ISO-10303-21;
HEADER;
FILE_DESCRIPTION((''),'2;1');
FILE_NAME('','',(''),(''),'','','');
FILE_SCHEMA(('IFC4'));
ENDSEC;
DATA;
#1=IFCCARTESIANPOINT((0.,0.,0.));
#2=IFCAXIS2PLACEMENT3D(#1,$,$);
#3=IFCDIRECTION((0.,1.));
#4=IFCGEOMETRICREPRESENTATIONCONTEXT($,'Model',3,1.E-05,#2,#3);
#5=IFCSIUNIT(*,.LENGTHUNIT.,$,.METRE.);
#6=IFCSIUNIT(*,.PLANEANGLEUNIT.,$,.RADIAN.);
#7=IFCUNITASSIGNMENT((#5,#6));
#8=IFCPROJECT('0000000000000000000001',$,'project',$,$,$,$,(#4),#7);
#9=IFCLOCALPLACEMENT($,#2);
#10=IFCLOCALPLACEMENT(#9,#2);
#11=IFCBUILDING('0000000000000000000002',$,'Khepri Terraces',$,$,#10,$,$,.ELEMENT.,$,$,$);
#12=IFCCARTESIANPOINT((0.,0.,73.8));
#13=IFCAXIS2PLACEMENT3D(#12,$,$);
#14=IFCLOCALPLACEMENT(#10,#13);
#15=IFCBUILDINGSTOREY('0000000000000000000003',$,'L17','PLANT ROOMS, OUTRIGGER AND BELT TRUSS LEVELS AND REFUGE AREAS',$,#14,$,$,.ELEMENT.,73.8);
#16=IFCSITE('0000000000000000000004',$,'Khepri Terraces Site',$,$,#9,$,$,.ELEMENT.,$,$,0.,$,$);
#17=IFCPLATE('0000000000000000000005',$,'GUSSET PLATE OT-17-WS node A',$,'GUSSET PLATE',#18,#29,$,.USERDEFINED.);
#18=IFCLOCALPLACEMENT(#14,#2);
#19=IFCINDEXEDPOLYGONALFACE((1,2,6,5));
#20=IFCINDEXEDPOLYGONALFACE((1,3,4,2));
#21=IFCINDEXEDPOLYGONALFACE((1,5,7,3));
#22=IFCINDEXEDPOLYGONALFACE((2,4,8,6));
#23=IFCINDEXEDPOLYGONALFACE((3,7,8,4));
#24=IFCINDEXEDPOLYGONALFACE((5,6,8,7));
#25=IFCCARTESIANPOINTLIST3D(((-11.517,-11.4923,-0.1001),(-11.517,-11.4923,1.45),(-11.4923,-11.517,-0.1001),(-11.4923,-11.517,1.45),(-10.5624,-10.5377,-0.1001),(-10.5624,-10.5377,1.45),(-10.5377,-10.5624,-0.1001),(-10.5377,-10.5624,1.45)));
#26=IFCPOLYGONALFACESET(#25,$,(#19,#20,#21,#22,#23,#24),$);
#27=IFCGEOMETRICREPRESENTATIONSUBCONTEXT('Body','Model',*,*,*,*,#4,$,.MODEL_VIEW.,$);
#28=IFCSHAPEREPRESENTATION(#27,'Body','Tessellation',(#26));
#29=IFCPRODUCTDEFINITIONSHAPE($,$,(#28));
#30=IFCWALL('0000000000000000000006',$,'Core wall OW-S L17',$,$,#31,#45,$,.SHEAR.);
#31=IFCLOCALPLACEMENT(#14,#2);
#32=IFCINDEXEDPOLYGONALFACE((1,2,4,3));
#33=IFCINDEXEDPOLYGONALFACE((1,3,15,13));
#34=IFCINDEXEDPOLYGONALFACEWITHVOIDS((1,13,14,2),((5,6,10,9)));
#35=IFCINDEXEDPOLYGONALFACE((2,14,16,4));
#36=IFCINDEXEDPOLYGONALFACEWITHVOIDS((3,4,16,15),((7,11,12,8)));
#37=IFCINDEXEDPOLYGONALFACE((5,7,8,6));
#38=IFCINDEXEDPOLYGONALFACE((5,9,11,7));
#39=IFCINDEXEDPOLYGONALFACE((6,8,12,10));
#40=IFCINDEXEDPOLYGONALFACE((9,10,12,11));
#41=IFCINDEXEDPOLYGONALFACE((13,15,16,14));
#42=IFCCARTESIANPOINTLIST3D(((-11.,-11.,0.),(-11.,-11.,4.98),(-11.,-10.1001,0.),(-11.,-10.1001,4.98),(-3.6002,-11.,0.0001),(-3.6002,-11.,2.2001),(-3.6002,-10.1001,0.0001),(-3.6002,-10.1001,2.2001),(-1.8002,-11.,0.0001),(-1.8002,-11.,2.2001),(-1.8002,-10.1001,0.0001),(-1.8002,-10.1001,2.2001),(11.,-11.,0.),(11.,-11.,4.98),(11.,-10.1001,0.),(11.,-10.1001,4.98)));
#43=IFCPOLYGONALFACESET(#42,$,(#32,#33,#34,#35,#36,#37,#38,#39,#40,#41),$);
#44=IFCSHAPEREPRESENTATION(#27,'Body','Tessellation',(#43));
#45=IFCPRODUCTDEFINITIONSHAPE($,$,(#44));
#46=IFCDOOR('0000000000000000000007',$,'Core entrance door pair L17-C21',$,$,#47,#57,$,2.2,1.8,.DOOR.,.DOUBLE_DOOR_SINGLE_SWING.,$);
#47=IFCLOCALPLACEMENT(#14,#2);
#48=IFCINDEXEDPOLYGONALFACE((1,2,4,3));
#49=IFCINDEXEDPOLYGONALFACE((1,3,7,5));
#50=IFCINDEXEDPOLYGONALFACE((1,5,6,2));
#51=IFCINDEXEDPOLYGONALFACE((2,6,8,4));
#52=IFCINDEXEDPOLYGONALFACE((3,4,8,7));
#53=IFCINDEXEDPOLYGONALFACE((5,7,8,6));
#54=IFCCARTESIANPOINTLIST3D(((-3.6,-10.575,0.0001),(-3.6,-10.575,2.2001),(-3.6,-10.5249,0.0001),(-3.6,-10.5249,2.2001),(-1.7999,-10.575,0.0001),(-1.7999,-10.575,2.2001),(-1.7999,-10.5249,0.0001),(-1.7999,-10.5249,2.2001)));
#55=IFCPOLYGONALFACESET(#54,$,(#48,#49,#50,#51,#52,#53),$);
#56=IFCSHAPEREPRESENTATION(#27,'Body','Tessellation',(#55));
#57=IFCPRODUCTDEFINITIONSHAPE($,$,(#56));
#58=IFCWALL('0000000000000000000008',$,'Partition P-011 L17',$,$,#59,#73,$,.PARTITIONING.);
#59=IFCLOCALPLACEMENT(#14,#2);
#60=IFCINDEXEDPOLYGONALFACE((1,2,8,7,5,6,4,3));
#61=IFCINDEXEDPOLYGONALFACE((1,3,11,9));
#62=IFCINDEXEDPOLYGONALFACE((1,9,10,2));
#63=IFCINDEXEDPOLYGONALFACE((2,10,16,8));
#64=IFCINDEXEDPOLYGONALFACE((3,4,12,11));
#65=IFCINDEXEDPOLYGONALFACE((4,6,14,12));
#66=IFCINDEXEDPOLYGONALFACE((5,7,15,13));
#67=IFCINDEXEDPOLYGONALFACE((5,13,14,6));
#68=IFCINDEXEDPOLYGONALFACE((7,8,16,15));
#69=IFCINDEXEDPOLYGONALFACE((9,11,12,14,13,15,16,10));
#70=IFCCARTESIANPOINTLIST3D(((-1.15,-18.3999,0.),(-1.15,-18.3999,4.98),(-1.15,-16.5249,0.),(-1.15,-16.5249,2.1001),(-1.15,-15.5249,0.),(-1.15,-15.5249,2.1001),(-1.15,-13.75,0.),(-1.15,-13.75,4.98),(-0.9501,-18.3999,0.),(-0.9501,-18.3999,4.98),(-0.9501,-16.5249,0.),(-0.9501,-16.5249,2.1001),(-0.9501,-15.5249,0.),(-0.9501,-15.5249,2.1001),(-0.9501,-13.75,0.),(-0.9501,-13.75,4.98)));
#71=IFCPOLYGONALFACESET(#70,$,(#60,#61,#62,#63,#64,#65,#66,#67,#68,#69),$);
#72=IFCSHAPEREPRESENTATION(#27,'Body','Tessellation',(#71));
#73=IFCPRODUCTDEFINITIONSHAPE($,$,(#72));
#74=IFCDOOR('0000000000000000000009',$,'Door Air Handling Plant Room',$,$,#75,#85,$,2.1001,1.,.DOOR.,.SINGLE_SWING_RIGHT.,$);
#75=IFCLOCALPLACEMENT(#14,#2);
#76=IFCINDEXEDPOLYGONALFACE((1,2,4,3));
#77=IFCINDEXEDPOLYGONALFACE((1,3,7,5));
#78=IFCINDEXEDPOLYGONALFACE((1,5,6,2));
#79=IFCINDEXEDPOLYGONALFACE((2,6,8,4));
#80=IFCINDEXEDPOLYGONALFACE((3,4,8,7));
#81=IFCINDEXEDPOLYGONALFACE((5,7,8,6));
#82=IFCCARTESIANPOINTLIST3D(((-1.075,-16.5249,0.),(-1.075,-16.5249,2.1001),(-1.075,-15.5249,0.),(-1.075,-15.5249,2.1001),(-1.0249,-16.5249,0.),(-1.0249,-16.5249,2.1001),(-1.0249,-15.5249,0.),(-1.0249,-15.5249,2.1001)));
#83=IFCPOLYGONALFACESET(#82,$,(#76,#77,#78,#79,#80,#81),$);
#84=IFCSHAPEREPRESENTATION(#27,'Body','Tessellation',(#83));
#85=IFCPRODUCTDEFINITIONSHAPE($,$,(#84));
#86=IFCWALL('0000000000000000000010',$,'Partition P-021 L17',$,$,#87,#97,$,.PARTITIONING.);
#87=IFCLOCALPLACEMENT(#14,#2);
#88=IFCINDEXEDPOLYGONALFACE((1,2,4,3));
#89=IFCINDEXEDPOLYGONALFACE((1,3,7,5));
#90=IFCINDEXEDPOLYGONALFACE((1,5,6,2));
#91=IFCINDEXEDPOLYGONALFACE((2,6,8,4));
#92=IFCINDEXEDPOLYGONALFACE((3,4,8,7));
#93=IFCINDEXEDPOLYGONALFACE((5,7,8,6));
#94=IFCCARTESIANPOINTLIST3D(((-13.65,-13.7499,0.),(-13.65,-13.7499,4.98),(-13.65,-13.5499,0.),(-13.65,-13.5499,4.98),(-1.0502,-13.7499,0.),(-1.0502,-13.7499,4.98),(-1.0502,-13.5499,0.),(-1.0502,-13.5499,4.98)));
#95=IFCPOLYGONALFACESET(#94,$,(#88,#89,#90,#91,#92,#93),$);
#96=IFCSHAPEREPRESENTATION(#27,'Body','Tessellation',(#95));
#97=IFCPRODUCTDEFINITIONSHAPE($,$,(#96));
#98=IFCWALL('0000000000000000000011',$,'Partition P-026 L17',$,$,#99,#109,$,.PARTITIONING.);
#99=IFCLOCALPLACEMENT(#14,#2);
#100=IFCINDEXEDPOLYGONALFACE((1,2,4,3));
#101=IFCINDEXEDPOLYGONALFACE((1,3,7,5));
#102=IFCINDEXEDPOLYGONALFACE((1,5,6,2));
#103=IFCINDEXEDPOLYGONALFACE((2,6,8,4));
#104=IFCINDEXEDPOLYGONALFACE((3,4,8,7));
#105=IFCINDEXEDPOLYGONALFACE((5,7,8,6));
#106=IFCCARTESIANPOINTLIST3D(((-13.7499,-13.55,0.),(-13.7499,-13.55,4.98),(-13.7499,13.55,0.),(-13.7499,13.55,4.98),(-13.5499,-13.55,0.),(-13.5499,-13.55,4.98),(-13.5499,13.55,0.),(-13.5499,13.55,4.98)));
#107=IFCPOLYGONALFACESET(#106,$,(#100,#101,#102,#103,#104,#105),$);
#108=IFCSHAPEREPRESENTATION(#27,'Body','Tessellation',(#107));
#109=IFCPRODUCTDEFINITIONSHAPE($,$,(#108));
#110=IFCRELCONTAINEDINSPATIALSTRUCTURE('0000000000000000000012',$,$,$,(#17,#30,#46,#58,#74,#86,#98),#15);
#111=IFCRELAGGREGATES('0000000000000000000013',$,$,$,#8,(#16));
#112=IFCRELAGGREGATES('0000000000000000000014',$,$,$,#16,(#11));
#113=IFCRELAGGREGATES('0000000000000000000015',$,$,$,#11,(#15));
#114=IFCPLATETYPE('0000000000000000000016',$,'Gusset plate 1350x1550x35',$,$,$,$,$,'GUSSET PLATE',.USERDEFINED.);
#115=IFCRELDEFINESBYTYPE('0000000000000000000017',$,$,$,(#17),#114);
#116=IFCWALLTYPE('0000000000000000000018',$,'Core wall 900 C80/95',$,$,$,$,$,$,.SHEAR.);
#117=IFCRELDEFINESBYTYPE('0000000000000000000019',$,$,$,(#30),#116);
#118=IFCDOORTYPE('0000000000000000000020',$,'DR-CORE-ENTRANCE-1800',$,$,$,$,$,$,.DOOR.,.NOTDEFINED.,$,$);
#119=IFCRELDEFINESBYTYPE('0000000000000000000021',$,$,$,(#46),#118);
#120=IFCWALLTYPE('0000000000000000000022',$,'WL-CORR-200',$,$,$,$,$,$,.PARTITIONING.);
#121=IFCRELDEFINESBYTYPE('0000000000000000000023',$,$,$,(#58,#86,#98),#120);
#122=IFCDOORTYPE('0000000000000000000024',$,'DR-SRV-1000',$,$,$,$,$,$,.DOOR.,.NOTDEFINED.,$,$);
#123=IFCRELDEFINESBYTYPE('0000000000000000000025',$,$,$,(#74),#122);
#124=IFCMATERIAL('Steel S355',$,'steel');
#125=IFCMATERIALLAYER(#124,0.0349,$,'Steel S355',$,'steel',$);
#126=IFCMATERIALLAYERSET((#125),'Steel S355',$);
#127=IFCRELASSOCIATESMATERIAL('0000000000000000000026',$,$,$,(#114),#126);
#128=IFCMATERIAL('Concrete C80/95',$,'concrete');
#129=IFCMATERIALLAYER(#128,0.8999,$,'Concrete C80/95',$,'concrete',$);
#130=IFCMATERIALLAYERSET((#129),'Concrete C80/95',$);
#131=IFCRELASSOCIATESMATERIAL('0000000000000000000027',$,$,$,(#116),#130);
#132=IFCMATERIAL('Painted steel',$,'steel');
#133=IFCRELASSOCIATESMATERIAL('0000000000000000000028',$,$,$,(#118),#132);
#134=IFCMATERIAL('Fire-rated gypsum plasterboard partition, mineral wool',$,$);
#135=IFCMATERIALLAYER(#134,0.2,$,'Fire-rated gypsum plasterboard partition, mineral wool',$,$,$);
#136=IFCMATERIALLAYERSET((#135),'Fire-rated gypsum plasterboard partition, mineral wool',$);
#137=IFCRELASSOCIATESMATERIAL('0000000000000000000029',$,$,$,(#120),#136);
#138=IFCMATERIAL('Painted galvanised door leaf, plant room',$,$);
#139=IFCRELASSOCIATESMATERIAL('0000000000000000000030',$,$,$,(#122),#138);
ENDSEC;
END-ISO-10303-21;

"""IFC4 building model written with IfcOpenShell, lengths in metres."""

from ifc_helpers import new_model, si_unit, direction, frame, frame_2d, origin, origin_2d, place, context, subcontext, project, spatial, rectangle, extrude, material, layer, layer_set, type_object, element, fill, save


model = new_model("IFC4")

# Units and contexts
model_context = context("Model", 3, precision=1e-05, world=origin(), true_north=direction((0.0, 1.0)))
body_context = subcontext(model_context, "Body", "Model", "MODEL_VIEW")
ifc_project = project(units=[si_unit("LENGTHUNIT", "METRE"), si_unit("PLANEANGLEUNIT", "RADIAN")], contexts=[model_context])

# Site, building, storey
site_placement = place(None, origin())
site = spatial("IfcSite", under=ifc_project, at=site_placement, Name="Khepri Terraces Site", CompositionType="ELEMENT", RefElevation=0.0)
building_placement = place(site_placement, origin())
building = spatial("IfcBuilding", under=site, at=building_placement, Name="Khepri Terraces", CompositionType="ELEMENT")
storey_placement = place(building_placement, frame((0.0, 0.0, 73.8)))
storey = spatial("IfcBuildingStorey", under=building, at=storey_placement, Name="L17", Description="PLANT ROOMS, OUTRIGGER AND BELT TRUSS LEVELS AND REFUGE AREAS", CompositionType="ELEMENT", Elevation=73.8)

# Shared definitions
ifc_material_1 = material(Name="Steel S355", Category="steel")

# Plate
ifc_layer_1 = layer(ifc_material_1, 0.0349, Name="Steel S355", Category="steel")
ifc_layer_set_1 = layer_set([ifc_layer_1], Name="Steel S355")
plate_type = type_object("IfcPlateType", Name="Gusset plate 1350x1550x35", ElementType="GUSSET PLATE", PredefinedType="USERDEFINED", material=ifc_layer_set_1)
plate_placement = place(storey_placement, frame((-11.0273, -11.0273, -0.1001), z_axis=(0.0, 0.0, 1.0), x_axis=(-0.707107, -0.707107, 0.0)))
element("IfcPlate", 1, at=plate_placement, inside=storey, type_object=plate_type, Name="GUSSET PLATE OT-17-WS node A", ObjectType="GUSSET PLATE", PredefinedType="USERDEFINED", context=body_context, shape_type="SweptSolid", body=[
    extrude(rectangle(XDim=1.3501, YDim=0.0349, at=origin_2d()), origin(), (0.0, 0.0, 1.0), 1.55),
])

# Walls, openings, doors
ifc_material_2 = material(Name="Concrete C80/95", Category="concrete")
ifc_layer_2 = layer(ifc_material_2, 0.8999, Name="Concrete C80/95", Category="concrete")
ifc_layer_set_2 = layer_set([ifc_layer_2], Name="Concrete C80/95")
wall_type_1 = type_object("IfcWallType", Name="Core wall 900 C80/95", PredefinedType="SHEAR", material=ifc_layer_set_2)
wall_1_placement = place(storey_placement, frame((-11.0, -10.55, 0.0), z_axis=(0.0, 0.0, 1.0), x_axis=(1.0, 0.0, 0.0)))
wall_1 = element("IfcWall", 2, at=wall_1_placement, inside=storey, type_object=wall_type_1, Name="Core wall OW-S L17", PredefinedType="SHEAR", context=body_context, shape_type="SweptSolid", body=[
    extrude(rectangle(XDim=22.0, YDim=0.8999, at=frame_2d((11.0, 0.0))), origin(), (0.0, 0.0, 1.0), 4.98),
])
opening_1_placement = place(wall_1_placement, frame((7.3999, 0.0, 0.0)))
opening_1 = element("IfcOpeningElement", 3, at=opening_1_placement, cuts=wall_1, PredefinedType="OPENING", context=body_context, shape_type="SweptSolid", body=[
    extrude(rectangle(XDim=1.8, YDim=2.2, at=frame_2d((0.8999, 1.1001))), frame((0.0, 0.46, 0.0), z_axis=(0.0, -1.0, 0.0), x_axis=(1.0, 0.0, 0.0)), (0.0, 0.0, 1.0), 0.9199),
])
ifc_material_3 = material(Name="Painted steel", Category="steel")
door_type_1 = type_object("IfcDoorType", Name="DR-CORE-ENTRANCE-1800", OperationType="NOTDEFINED", PredefinedType="DOOR", material=ifc_material_3)
door_1_placement = place(opening_1_placement, frame((1.8, 0.0, 0.0), z_axis=(0.0, 0.0, 1.0), x_axis=(-1.0, 0.0, 0.0)))
door_1 = element("IfcDoor", 4, at=door_1_placement, inside=storey, type_object=door_type_1, Name="Core entrance door pair L17-C21", OperationType="DOUBLE_DOOR_SINGLE_SWING", OverallHeight=2.2, OverallWidth=1.8, PredefinedType="DOOR", context=body_context, shape_type="SweptSolid", body=[
    extrude(rectangle(XDim=1.8, YDim=2.2, at=frame_2d((0.8999, 1.1001))), frame((0.0, 0.0249, 0.0), z_axis=(0.0, -1.0, 0.0), x_axis=(1.0, 0.0, 0.0)), (0.0, 0.0, 1.0), 0.05),
])
fill(opening_1, door_1)
ifc_material_4 = material(Name="Fire-rated gypsum plasterboard partition, mineral wool")
ifc_layer_3 = layer(ifc_material_4, 0.2, Name="Fire-rated gypsum plasterboard partition, mineral wool")
ifc_layer_set_3 = layer_set([ifc_layer_3], Name="Fire-rated gypsum plasterboard partition, mineral wool")
wall_type_2 = type_object("IfcWallType", Name="WL-CORR-200", PredefinedType="PARTITIONING", material=ifc_layer_set_3)
wall_2_placement = place(storey_placement, frame((-1.05, -18.3999, 0.0), z_axis=(0.0, 0.0, 1.0), x_axis=(0.0, 1.0, 0.0)))
wall_2 = element("IfcWall", 5, at=wall_2_placement, inside=storey, type_object=wall_type_2, Name="Partition P-011 L17", PredefinedType="PARTITIONING", context=body_context, shape_type="SweptSolid", body=[
    extrude(rectangle(XDim=4.6499, YDim=0.2, at=frame_2d((2.325, 0.0))), origin(), (0.0, 0.0, 1.0), 4.98),
])
opening_2_placement = place(wall_2_placement, frame((1.875, 0.0, 0.0)))
opening_2 = element("IfcOpeningElement", 6, at=opening_2_placement, cuts=wall_2, PredefinedType="OPENING", context=body_context, shape_type="SweptSolid", body=[
    extrude(rectangle(XDim=1.0, YDim=2.1001, at=frame_2d((0.5, 1.05))), frame((0.0, 0.1099, 0.0), z_axis=(0.0, -1.0, 0.0), x_axis=(1.0, 0.0, 0.0)), (0.0, 0.0, 1.0), 0.22),
])
ifc_material_5 = material(Name="Painted galvanised door leaf, plant room")
door_type_2 = type_object("IfcDoorType", Name="DR-SRV-1000", OperationType="NOTDEFINED", PredefinedType="DOOR", material=ifc_material_5)
door_2_placement = place(opening_2_placement, origin())
door_2 = element("IfcDoor", 7, at=door_2_placement, inside=storey, type_object=door_type_2, Name="Door Air Handling Plant Room", OperationType="SINGLE_SWING_RIGHT", OverallHeight=2.1001, OverallWidth=1.0, PredefinedType="DOOR", context=body_context, shape_type="SweptSolid", body=[
    extrude(rectangle(XDim=1.0, YDim=2.1001, at=frame_2d((0.5, 1.05))), frame((0.0, 0.0249, 0.0), z_axis=(0.0, -1.0, 0.0), x_axis=(1.0, 0.0, 0.0)), (0.0, 0.0, 1.0), 0.05),
])
fill(opening_2, door_2)

# Walls
wall_3_placement = place(storey_placement, frame((-13.6499, -13.6499, 0.0), z_axis=(0.0, 0.0, 1.0), x_axis=(1.0, 0.0, 0.0)))
element("IfcWall", 8, at=wall_3_placement, inside=storey, type_object=wall_type_2, Name="Partition P-021 L17", PredefinedType="PARTITIONING", context=body_context, shape_type="SweptSolid", body=[
    extrude(rectangle(XDim=12.5999, YDim=0.2, at=frame_2d((6.2998, 0.0))), origin(), (0.0, 0.0, 1.0), 4.98),
])
wall_4_placement = place(storey_placement, frame((-13.6499, -13.55, 0.0), z_axis=(0.0, 0.0, 1.0), x_axis=(0.0, 1.0, 0.0)))
element("IfcWall", 9, at=wall_4_placement, inside=storey, type_object=wall_type_2, Name="Partition P-026 L17", PredefinedType="PARTITIONING", context=body_context, shape_type="SweptSolid", body=[
    extrude(rectangle(XDim=27.1001, YDim=0.2, at=frame_2d((13.55, 0.0))), origin(), (0.0, 0.0, 1.0), 4.98),
])

save(model, "model.ifc")
